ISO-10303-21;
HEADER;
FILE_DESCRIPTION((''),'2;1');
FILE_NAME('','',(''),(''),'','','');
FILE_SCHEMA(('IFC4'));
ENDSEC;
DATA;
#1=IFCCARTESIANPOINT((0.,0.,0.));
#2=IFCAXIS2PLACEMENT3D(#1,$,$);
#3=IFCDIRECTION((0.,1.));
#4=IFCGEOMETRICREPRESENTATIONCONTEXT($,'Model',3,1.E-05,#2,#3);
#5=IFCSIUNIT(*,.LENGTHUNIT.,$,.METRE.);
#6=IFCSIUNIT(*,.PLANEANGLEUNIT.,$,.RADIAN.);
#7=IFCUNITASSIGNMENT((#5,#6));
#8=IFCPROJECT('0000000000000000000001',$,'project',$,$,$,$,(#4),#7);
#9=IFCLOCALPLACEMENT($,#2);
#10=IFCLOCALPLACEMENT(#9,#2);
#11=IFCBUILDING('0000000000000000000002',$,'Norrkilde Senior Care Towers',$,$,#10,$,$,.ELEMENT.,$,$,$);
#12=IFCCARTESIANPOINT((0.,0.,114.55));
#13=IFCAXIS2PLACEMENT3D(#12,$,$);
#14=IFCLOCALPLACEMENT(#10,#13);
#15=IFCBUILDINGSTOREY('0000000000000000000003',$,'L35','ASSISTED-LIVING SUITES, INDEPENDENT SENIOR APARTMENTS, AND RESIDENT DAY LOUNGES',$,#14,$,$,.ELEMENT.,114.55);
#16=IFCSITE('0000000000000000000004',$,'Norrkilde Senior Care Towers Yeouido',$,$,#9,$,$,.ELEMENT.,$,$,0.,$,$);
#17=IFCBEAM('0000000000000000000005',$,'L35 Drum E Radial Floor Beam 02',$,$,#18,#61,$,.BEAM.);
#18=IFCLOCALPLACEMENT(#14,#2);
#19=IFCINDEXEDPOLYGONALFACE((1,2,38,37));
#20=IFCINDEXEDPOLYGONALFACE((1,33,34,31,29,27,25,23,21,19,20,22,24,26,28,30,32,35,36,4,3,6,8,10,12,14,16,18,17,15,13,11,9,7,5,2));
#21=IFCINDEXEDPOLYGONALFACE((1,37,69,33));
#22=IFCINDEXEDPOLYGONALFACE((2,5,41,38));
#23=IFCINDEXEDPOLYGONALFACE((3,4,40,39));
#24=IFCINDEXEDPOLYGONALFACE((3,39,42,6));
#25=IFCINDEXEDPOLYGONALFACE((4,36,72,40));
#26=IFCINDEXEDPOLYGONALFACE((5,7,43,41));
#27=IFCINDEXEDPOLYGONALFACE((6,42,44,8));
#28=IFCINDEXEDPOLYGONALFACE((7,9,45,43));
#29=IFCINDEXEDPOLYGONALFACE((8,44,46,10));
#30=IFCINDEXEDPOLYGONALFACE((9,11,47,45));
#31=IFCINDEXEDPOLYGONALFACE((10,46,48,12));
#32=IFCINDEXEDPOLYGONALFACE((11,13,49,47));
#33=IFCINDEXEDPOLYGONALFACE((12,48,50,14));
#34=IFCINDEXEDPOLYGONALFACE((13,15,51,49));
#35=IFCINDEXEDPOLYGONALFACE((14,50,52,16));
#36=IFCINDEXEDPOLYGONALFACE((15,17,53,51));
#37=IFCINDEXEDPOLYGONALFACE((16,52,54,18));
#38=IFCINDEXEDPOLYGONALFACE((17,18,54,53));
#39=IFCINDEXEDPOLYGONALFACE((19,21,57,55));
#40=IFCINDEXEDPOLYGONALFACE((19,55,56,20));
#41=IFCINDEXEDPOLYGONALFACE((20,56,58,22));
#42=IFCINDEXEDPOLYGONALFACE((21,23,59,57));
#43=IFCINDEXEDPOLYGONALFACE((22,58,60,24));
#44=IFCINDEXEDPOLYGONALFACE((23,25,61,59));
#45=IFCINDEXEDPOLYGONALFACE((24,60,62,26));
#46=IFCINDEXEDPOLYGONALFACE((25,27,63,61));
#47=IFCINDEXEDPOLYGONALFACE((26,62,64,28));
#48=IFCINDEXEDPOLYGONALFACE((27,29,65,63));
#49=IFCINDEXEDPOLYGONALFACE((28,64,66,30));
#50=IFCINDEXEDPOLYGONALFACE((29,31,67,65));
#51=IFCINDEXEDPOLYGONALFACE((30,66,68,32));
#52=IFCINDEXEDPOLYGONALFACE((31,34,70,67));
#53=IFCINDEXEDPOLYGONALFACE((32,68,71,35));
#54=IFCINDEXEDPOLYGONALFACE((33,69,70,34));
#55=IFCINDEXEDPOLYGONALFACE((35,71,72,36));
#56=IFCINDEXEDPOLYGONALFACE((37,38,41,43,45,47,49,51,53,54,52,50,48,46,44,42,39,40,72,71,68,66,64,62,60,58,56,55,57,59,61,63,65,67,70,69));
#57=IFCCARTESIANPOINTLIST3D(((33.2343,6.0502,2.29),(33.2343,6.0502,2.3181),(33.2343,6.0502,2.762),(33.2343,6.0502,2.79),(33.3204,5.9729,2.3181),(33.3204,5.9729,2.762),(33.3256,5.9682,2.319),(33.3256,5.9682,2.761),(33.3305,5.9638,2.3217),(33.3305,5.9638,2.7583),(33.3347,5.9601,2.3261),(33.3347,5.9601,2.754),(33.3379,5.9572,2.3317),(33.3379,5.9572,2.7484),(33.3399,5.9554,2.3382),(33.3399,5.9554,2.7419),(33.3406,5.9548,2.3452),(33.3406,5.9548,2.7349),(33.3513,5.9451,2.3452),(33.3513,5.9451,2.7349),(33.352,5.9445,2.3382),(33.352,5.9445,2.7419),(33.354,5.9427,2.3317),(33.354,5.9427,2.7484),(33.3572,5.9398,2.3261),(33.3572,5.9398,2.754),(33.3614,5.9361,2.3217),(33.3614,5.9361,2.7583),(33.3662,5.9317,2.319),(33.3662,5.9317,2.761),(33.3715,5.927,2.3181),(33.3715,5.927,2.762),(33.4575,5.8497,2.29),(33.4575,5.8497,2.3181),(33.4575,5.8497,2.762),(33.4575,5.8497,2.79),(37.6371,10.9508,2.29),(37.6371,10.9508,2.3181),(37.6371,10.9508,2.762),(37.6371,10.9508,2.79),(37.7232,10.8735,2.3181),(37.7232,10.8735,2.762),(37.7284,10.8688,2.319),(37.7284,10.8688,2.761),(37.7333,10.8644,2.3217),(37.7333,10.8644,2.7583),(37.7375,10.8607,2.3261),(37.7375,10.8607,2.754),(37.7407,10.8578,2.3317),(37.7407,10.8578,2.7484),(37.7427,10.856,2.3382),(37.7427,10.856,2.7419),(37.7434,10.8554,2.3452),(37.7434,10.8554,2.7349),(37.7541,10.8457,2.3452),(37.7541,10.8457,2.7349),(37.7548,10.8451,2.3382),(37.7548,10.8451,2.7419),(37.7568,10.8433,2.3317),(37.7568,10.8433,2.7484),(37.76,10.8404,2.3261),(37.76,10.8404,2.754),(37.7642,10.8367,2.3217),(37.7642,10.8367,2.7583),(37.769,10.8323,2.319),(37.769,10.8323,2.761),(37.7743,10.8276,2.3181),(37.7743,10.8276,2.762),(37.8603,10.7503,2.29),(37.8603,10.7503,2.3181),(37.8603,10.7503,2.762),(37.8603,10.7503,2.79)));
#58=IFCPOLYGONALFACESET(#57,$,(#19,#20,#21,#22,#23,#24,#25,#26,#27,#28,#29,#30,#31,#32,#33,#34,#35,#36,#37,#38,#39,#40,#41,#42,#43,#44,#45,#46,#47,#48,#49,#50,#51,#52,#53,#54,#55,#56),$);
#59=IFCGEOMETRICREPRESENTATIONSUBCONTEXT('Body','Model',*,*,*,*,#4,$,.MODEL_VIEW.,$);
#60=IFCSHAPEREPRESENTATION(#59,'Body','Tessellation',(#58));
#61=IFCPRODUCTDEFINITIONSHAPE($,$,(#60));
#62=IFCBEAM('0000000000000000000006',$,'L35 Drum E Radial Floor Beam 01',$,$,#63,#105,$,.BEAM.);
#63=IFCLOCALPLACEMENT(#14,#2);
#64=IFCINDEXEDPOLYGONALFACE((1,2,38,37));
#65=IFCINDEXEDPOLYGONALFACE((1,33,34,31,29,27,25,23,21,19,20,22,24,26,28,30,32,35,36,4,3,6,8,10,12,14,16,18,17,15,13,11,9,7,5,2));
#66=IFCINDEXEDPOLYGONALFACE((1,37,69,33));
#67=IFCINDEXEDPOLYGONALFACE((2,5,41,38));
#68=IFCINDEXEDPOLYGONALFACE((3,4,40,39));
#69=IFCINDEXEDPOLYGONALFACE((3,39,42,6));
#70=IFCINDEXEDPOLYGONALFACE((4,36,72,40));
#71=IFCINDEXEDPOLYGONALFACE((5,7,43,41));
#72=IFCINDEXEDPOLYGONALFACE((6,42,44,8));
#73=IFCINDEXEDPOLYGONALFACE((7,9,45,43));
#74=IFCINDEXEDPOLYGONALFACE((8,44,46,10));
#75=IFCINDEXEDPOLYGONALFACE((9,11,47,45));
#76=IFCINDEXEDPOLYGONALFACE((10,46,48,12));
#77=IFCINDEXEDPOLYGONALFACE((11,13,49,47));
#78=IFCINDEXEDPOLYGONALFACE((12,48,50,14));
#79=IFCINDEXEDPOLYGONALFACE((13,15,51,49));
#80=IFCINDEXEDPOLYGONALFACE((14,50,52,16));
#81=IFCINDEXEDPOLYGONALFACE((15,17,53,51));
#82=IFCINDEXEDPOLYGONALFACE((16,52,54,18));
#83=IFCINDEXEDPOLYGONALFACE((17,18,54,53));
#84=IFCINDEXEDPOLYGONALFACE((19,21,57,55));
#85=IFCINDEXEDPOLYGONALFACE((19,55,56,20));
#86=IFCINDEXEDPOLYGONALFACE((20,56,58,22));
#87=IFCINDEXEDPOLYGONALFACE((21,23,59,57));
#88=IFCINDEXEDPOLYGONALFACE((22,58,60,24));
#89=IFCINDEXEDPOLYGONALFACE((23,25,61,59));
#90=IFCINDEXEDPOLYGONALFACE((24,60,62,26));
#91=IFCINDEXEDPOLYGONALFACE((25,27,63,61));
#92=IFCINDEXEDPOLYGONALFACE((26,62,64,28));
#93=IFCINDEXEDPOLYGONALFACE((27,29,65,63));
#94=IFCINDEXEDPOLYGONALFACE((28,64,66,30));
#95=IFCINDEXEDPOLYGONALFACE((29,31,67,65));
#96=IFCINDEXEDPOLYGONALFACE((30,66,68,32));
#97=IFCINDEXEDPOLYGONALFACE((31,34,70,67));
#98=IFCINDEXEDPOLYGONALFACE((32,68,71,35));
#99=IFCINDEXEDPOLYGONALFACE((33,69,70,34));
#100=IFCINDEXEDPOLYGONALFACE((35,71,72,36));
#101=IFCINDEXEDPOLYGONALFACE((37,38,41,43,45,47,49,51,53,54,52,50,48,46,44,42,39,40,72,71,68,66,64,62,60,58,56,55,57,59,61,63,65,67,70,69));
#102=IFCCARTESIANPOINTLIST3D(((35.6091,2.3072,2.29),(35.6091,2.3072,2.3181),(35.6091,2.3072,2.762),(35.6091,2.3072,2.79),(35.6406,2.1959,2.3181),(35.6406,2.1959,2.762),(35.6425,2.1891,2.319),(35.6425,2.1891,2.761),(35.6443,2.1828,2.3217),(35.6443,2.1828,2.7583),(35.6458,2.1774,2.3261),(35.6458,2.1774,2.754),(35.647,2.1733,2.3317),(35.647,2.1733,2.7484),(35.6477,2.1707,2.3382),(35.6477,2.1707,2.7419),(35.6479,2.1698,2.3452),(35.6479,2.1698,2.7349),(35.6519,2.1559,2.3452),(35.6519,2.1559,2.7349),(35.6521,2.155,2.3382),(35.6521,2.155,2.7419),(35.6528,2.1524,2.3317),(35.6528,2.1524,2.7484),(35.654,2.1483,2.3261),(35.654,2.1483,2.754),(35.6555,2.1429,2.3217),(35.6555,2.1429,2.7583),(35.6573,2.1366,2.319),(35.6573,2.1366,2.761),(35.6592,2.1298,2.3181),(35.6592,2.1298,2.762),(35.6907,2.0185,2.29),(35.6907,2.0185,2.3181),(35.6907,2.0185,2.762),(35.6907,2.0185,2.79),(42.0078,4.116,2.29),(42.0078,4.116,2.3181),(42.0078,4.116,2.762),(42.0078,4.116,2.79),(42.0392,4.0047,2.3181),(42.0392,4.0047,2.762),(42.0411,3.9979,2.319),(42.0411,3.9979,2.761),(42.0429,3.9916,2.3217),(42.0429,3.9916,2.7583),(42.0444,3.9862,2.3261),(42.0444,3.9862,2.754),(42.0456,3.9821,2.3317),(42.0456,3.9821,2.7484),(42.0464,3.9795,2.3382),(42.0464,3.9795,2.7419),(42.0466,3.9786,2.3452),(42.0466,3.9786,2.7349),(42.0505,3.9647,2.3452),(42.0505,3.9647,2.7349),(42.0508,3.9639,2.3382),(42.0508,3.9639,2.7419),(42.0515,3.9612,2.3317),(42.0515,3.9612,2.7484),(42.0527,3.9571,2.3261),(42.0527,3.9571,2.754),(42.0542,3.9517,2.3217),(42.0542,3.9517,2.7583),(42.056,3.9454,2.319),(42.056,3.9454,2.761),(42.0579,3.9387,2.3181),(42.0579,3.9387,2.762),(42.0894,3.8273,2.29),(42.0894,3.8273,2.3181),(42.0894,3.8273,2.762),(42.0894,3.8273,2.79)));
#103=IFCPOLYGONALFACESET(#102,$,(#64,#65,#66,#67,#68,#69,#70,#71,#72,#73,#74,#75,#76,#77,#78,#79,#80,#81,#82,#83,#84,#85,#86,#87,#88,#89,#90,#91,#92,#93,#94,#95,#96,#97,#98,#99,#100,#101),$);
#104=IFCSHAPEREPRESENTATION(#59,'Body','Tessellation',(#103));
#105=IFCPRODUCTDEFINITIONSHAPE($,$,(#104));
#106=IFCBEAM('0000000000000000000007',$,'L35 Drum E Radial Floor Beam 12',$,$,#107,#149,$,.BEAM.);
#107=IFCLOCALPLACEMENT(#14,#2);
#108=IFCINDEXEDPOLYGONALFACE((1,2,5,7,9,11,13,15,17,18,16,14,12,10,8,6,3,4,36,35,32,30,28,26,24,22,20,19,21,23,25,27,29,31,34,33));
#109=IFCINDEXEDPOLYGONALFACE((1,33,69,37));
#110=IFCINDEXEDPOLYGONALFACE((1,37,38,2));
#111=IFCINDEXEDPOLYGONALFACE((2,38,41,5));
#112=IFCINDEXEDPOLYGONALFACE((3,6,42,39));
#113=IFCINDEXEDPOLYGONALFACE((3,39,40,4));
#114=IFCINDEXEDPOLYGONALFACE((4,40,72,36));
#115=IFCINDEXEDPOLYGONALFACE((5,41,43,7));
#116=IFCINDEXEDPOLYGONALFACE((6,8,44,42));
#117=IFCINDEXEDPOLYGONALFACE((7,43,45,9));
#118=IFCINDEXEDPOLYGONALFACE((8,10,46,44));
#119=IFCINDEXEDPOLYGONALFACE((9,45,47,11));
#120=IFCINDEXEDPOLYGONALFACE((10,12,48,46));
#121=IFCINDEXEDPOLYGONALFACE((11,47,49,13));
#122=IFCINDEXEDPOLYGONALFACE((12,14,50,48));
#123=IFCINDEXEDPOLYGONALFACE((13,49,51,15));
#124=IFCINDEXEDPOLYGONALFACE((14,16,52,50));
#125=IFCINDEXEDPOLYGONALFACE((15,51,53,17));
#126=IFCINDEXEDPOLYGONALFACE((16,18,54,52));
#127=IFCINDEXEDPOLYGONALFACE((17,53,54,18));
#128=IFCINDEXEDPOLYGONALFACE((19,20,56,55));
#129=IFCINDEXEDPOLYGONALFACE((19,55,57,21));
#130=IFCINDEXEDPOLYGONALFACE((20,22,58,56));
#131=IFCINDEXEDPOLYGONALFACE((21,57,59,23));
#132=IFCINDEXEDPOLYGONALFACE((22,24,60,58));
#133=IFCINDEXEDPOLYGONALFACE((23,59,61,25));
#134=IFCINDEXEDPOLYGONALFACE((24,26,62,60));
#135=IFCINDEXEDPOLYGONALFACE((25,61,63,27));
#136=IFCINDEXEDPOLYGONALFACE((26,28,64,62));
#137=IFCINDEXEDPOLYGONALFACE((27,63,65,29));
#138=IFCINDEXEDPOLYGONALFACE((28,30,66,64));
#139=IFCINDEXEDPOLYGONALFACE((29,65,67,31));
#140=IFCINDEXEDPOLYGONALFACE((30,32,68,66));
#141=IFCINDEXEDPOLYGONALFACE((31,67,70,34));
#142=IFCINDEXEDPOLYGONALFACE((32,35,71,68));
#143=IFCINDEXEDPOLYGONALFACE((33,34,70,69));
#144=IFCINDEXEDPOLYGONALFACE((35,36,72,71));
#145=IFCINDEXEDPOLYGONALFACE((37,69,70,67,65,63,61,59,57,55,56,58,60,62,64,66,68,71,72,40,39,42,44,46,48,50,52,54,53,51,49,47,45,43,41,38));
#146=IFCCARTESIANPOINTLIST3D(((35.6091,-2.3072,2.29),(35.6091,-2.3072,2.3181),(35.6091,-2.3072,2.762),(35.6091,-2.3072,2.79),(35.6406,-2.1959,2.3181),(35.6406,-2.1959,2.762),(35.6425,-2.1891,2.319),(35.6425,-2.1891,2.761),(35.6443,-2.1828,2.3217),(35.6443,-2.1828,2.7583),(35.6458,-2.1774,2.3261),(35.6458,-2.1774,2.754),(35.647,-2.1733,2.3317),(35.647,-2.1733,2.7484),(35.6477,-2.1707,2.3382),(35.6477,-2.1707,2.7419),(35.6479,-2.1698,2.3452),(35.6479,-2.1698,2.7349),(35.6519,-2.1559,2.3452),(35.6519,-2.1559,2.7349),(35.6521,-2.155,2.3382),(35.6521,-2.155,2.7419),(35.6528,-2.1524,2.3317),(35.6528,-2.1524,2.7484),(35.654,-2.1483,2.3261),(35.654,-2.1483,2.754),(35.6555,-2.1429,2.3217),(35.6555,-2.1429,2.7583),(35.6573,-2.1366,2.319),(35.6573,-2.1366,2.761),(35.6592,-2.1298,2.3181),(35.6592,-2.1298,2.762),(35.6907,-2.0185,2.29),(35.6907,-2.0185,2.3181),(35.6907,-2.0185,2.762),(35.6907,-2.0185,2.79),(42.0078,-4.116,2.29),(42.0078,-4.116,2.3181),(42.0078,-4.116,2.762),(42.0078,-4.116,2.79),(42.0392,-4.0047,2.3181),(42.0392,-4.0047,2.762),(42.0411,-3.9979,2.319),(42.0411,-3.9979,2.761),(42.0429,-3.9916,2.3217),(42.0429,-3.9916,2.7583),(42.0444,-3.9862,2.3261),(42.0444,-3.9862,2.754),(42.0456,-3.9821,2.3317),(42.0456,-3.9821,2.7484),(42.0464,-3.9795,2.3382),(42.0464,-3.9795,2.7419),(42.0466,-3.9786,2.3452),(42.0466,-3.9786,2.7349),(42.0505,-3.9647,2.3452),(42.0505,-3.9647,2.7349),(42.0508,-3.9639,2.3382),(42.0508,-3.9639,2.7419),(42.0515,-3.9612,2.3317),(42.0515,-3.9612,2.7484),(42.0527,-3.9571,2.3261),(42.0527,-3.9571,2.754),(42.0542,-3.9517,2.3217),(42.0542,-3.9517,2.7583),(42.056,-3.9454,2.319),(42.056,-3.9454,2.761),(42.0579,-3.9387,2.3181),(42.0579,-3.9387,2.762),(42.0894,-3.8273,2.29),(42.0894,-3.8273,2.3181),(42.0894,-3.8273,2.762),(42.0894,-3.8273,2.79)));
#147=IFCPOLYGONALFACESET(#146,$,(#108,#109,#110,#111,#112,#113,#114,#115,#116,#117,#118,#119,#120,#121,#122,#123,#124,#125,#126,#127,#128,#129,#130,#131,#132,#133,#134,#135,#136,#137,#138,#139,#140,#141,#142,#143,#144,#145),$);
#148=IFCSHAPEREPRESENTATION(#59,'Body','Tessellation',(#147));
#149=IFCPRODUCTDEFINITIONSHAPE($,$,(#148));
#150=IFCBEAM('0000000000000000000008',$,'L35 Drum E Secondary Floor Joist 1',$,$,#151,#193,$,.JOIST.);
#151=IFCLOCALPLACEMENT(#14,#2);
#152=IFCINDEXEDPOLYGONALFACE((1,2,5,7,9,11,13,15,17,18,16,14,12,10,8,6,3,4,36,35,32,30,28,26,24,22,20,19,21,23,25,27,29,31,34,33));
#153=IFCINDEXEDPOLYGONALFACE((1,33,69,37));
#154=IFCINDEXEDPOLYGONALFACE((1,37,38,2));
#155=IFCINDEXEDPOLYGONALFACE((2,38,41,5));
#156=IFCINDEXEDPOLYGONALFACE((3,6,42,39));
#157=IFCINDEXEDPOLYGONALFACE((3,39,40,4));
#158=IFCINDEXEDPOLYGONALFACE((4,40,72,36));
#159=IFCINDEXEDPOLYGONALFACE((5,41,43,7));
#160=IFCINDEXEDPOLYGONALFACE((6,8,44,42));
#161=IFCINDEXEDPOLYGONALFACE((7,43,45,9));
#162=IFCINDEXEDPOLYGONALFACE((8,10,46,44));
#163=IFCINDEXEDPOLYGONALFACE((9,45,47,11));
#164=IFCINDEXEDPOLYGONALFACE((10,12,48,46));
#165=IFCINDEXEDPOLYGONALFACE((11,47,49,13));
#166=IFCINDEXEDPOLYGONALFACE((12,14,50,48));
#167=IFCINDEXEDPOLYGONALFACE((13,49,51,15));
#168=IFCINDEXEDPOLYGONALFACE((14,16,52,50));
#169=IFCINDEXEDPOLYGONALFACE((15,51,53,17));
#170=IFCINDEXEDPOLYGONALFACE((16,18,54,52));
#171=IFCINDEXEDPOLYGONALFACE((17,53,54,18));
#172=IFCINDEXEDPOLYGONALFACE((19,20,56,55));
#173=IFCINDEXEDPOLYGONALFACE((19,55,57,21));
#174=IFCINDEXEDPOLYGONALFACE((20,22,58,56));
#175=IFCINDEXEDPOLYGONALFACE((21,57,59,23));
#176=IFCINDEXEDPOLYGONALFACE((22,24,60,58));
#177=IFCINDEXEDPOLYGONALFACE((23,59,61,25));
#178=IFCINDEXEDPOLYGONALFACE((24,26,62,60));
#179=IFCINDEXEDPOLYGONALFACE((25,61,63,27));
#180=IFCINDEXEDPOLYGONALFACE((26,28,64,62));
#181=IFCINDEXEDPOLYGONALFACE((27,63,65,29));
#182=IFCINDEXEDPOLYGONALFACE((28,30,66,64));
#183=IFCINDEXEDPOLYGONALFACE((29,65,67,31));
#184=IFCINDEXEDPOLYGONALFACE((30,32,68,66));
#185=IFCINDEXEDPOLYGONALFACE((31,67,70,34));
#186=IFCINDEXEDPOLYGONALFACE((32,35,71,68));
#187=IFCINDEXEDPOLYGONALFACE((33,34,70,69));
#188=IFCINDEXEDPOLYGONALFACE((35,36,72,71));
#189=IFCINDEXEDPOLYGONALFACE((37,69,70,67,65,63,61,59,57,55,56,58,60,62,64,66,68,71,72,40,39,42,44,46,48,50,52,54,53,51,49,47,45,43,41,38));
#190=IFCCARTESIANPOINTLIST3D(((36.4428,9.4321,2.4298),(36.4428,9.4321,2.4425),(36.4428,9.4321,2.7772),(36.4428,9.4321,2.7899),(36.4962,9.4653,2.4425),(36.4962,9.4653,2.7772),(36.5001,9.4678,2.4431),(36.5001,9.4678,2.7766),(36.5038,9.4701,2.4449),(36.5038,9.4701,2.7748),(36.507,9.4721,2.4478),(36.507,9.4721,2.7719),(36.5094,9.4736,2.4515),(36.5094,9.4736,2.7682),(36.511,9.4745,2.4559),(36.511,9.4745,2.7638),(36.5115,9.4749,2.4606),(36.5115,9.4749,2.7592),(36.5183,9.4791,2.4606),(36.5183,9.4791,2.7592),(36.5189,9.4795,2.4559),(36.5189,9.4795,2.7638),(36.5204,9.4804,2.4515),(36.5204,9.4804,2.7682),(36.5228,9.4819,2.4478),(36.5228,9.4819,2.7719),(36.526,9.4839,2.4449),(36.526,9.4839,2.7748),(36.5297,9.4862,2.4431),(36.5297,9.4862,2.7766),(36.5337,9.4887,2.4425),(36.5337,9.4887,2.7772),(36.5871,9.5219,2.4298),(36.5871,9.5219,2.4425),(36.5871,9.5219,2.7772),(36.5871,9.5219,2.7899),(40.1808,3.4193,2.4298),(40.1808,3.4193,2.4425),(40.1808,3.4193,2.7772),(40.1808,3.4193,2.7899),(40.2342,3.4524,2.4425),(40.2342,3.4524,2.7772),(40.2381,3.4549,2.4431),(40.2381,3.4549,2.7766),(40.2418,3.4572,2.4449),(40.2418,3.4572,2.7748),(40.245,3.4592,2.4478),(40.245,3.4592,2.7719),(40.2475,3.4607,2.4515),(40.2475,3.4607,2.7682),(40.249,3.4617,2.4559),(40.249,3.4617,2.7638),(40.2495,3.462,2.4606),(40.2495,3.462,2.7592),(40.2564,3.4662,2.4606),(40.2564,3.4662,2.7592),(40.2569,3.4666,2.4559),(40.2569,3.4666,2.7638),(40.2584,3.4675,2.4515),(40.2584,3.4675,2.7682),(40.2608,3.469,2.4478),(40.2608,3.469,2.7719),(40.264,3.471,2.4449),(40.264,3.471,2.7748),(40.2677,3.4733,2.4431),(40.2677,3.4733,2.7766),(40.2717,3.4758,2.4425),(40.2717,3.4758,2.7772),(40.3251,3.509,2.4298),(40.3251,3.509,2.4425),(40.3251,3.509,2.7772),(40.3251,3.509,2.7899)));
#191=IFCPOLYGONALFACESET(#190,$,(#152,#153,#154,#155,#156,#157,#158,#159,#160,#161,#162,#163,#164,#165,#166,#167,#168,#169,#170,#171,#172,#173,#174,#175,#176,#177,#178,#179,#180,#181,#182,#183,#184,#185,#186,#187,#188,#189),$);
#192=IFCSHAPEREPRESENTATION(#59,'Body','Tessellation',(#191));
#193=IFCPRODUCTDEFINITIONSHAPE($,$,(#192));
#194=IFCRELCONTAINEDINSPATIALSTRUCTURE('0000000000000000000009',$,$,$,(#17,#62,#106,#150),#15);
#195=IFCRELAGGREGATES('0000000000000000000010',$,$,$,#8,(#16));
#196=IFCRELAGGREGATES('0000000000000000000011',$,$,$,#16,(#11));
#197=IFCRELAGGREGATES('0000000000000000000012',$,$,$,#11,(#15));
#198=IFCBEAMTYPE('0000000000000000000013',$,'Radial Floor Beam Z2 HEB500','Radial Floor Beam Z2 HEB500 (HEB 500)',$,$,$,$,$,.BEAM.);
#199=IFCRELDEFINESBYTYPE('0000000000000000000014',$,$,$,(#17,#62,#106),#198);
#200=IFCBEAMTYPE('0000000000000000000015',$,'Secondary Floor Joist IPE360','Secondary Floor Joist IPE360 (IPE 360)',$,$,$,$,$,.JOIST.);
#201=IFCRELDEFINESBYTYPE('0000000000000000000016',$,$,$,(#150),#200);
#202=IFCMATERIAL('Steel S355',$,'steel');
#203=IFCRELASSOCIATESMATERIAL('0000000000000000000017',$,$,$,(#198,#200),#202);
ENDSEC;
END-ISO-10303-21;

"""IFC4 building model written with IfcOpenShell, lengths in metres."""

from ifc_helpers import new_model, si_unit, direction, frame, origin, origin_2d, place, context, subcontext, project, spatial, i_section, extrude, source, transform, mapped, material, material_profile, profile_set, type_object, type_shapes, element, save


model = new_model("IFC4")

# Units and contexts
model_context = context("Model", 3, precision=1e-05, world=origin(), true_north=direction((0.0, 1.0)))
body_context = subcontext(model_context, "Body", "Model", "MODEL_VIEW")
ifc_project = project(units=[si_unit("LENGTHUNIT", "METRE"), si_unit("PLANEANGLEUNIT", "RADIAN")], contexts=[model_context])

# Site, building, storey
site_placement = place(None, origin())
site = spatial("IfcSite", under=ifc_project, at=site_placement, Name="Norrkilde Senior Care Towers Yeouido", CompositionType="ELEMENT", RefElevation=0.0)
building_placement = place(site_placement, origin())
building = spatial("IfcBuilding", under=site, at=building_placement, Name="Norrkilde Senior Care Towers", CompositionType="ELEMENT")
storey_placement = place(building_placement, frame((0.0, 0.0, 114.55)))
storey = spatial("IfcBuildingStorey", under=building, at=storey_placement, Name="L35", Description="ASSISTED-LIVING SUITES, INDEPENDENT SENIOR APARTMENTS, AND RESIDENT DAY LOUNGES", CompositionType="ELEMENT", Elevation=114.55)

# Beams
ifc_material_1 = material(Name="Steel S355", Category="steel")
ifc_material_profile_1 = material_profile(ifc_material_1, i_section(OverallWidth=0.3, OverallDepth=0.5, WebThickness=0.0144, FlangeThickness=0.0281, FilletRadius=0.0271, at=origin_2d()), Name="HEB 500")
ifc_profile_set_1 = profile_set([ifc_material_profile_1], Name="Steel S355")
beam_type_1 = type_object("IfcBeamType", Name="Radial Floor Beam Z2 HEB500", Description="Radial Floor Beam Z2 HEB500 (HEB 500)", PredefinedType="BEAM", material=ifc_profile_set_1)
shared_shape_1 = source(origin(), body_context, "Body", "SweptSolid", [
    extrude(i_section(OverallWidth=0.3, OverallDepth=0.5, WebThickness=0.0144, FlangeThickness=0.0281, FilletRadius=0.0271, at=origin_2d()), origin(), (0.0, 0.0, 1.0), 6.5879),
])
beam_1_placement = place(storey_placement, frame((33.3459, 5.95, 2.54), z_axis=(0.668315, 0.743878, 0.0), x_axis=(-0.743878, 0.668315, 0.0)))
element("IfcBeam", 1, at=beam_1_placement, inside=storey, type_object=beam_type_1, Name="L35 Drum E Radial Floor Beam 02", PredefinedType="BEAM", context=body_context, shape_type="MappedRepresentation", body=[
    mapped(shared_shape_1, transform((0.0, 0.0, 0.0), x_axis=(1.0, 0.0, 0.0), y_axis=(0.0, 1.0, 0.0), z_axis=(0.0, 0.0, 1.0), scale=1.0)),
])
shared_shape_2 = source(origin(), body_context, "Body", "SweptSolid", [
    extrude(i_section(OverallWidth=0.3, OverallDepth=0.5, WebThickness=0.0144, FlangeThickness=0.0281, FilletRadius=0.0271, at=origin_2d()), origin(), (0.0, 0.0, 1.0), 6.6494),
])
for number, where, z_axis, x_axis, name in (
    (2, (35.6499, 2.1628, 2.54), (0.962289, 0.272029, 0.0), (-0.272029, 0.962289, 0.0), "L35 Drum E Radial Floor Beam 01"),
    (3, (35.6499, -2.1628, 2.54), (0.962289, -0.272029, 0.0), (0.272029, 0.962289, 0.0), "L35 Drum E Radial Floor Beam 12"),
):
    element("IfcBeam", number, at=place(storey_placement, frame(where, z_axis=z_axis, x_axis=x_axis)), inside=storey, type_object=beam_type_1, Name=name, PredefinedType="BEAM", context=body_context, shape_type="MappedRepresentation", body=[
        mapped(shared_shape_2, transform((0.0, 0.0, 0.0), x_axis=(1.0, 0.0, 0.0), y_axis=(0.0, 1.0, 0.0), z_axis=(0.0, 0.0, 1.0), scale=1.0)),
    ])
ifc_material_profile_2 = material_profile(ifc_material_1, i_section(OverallWidth=0.1699, OverallDepth=0.3601, WebThickness=0.0081, FlangeThickness=0.0127, FilletRadius=0.0181, at=origin_2d()), Name="IPE 360")
ifc_profile_set_2 = profile_set([ifc_material_profile_2], Name="Steel S355")
beam_type_2 = type_object("IfcBeamType", Name="Secondary Floor Joist IPE360", Description="Secondary Floor Joist IPE360 (IPE 360)", PredefinedType="JOIST", material=ifc_profile_set_2)
shared_shape_3 = source(origin(), body_context, "Body", "SweptSolid", [
    extrude(i_section(OverallWidth=0.1699, OverallDepth=0.3601, WebThickness=0.0081, FlangeThickness=0.0127, FilletRadius=0.0181, at=origin_2d()), origin(), (0.0, 0.0, 1.0), 7.0801),
])
type_shapes(beam_type_2, [shared_shape_3])
beam_2_placement = place(storey_placement, frame((40.2529, 3.4641, 2.6099), z_axis=(-0.527961, 0.849269, 0.0), x_axis=(-0.849269, -0.527961, 0.0)))
element("IfcBeam", 4, at=beam_2_placement, inside=storey, type_object=beam_type_2, Name="L35 Drum E Secondary Floor Joist 1", PredefinedType="JOIST", context=body_context, shape_type="MappedRepresentation", body=[
    mapped(shared_shape_3, transform((0.0, 0.0, 0.0), x_axis=(1.0, 0.0, 0.0), y_axis=(0.0, 1.0, 0.0), z_axis=(0.0, 0.0, 1.0), scale=1.0)),
])

save(model, "model.ifc")
